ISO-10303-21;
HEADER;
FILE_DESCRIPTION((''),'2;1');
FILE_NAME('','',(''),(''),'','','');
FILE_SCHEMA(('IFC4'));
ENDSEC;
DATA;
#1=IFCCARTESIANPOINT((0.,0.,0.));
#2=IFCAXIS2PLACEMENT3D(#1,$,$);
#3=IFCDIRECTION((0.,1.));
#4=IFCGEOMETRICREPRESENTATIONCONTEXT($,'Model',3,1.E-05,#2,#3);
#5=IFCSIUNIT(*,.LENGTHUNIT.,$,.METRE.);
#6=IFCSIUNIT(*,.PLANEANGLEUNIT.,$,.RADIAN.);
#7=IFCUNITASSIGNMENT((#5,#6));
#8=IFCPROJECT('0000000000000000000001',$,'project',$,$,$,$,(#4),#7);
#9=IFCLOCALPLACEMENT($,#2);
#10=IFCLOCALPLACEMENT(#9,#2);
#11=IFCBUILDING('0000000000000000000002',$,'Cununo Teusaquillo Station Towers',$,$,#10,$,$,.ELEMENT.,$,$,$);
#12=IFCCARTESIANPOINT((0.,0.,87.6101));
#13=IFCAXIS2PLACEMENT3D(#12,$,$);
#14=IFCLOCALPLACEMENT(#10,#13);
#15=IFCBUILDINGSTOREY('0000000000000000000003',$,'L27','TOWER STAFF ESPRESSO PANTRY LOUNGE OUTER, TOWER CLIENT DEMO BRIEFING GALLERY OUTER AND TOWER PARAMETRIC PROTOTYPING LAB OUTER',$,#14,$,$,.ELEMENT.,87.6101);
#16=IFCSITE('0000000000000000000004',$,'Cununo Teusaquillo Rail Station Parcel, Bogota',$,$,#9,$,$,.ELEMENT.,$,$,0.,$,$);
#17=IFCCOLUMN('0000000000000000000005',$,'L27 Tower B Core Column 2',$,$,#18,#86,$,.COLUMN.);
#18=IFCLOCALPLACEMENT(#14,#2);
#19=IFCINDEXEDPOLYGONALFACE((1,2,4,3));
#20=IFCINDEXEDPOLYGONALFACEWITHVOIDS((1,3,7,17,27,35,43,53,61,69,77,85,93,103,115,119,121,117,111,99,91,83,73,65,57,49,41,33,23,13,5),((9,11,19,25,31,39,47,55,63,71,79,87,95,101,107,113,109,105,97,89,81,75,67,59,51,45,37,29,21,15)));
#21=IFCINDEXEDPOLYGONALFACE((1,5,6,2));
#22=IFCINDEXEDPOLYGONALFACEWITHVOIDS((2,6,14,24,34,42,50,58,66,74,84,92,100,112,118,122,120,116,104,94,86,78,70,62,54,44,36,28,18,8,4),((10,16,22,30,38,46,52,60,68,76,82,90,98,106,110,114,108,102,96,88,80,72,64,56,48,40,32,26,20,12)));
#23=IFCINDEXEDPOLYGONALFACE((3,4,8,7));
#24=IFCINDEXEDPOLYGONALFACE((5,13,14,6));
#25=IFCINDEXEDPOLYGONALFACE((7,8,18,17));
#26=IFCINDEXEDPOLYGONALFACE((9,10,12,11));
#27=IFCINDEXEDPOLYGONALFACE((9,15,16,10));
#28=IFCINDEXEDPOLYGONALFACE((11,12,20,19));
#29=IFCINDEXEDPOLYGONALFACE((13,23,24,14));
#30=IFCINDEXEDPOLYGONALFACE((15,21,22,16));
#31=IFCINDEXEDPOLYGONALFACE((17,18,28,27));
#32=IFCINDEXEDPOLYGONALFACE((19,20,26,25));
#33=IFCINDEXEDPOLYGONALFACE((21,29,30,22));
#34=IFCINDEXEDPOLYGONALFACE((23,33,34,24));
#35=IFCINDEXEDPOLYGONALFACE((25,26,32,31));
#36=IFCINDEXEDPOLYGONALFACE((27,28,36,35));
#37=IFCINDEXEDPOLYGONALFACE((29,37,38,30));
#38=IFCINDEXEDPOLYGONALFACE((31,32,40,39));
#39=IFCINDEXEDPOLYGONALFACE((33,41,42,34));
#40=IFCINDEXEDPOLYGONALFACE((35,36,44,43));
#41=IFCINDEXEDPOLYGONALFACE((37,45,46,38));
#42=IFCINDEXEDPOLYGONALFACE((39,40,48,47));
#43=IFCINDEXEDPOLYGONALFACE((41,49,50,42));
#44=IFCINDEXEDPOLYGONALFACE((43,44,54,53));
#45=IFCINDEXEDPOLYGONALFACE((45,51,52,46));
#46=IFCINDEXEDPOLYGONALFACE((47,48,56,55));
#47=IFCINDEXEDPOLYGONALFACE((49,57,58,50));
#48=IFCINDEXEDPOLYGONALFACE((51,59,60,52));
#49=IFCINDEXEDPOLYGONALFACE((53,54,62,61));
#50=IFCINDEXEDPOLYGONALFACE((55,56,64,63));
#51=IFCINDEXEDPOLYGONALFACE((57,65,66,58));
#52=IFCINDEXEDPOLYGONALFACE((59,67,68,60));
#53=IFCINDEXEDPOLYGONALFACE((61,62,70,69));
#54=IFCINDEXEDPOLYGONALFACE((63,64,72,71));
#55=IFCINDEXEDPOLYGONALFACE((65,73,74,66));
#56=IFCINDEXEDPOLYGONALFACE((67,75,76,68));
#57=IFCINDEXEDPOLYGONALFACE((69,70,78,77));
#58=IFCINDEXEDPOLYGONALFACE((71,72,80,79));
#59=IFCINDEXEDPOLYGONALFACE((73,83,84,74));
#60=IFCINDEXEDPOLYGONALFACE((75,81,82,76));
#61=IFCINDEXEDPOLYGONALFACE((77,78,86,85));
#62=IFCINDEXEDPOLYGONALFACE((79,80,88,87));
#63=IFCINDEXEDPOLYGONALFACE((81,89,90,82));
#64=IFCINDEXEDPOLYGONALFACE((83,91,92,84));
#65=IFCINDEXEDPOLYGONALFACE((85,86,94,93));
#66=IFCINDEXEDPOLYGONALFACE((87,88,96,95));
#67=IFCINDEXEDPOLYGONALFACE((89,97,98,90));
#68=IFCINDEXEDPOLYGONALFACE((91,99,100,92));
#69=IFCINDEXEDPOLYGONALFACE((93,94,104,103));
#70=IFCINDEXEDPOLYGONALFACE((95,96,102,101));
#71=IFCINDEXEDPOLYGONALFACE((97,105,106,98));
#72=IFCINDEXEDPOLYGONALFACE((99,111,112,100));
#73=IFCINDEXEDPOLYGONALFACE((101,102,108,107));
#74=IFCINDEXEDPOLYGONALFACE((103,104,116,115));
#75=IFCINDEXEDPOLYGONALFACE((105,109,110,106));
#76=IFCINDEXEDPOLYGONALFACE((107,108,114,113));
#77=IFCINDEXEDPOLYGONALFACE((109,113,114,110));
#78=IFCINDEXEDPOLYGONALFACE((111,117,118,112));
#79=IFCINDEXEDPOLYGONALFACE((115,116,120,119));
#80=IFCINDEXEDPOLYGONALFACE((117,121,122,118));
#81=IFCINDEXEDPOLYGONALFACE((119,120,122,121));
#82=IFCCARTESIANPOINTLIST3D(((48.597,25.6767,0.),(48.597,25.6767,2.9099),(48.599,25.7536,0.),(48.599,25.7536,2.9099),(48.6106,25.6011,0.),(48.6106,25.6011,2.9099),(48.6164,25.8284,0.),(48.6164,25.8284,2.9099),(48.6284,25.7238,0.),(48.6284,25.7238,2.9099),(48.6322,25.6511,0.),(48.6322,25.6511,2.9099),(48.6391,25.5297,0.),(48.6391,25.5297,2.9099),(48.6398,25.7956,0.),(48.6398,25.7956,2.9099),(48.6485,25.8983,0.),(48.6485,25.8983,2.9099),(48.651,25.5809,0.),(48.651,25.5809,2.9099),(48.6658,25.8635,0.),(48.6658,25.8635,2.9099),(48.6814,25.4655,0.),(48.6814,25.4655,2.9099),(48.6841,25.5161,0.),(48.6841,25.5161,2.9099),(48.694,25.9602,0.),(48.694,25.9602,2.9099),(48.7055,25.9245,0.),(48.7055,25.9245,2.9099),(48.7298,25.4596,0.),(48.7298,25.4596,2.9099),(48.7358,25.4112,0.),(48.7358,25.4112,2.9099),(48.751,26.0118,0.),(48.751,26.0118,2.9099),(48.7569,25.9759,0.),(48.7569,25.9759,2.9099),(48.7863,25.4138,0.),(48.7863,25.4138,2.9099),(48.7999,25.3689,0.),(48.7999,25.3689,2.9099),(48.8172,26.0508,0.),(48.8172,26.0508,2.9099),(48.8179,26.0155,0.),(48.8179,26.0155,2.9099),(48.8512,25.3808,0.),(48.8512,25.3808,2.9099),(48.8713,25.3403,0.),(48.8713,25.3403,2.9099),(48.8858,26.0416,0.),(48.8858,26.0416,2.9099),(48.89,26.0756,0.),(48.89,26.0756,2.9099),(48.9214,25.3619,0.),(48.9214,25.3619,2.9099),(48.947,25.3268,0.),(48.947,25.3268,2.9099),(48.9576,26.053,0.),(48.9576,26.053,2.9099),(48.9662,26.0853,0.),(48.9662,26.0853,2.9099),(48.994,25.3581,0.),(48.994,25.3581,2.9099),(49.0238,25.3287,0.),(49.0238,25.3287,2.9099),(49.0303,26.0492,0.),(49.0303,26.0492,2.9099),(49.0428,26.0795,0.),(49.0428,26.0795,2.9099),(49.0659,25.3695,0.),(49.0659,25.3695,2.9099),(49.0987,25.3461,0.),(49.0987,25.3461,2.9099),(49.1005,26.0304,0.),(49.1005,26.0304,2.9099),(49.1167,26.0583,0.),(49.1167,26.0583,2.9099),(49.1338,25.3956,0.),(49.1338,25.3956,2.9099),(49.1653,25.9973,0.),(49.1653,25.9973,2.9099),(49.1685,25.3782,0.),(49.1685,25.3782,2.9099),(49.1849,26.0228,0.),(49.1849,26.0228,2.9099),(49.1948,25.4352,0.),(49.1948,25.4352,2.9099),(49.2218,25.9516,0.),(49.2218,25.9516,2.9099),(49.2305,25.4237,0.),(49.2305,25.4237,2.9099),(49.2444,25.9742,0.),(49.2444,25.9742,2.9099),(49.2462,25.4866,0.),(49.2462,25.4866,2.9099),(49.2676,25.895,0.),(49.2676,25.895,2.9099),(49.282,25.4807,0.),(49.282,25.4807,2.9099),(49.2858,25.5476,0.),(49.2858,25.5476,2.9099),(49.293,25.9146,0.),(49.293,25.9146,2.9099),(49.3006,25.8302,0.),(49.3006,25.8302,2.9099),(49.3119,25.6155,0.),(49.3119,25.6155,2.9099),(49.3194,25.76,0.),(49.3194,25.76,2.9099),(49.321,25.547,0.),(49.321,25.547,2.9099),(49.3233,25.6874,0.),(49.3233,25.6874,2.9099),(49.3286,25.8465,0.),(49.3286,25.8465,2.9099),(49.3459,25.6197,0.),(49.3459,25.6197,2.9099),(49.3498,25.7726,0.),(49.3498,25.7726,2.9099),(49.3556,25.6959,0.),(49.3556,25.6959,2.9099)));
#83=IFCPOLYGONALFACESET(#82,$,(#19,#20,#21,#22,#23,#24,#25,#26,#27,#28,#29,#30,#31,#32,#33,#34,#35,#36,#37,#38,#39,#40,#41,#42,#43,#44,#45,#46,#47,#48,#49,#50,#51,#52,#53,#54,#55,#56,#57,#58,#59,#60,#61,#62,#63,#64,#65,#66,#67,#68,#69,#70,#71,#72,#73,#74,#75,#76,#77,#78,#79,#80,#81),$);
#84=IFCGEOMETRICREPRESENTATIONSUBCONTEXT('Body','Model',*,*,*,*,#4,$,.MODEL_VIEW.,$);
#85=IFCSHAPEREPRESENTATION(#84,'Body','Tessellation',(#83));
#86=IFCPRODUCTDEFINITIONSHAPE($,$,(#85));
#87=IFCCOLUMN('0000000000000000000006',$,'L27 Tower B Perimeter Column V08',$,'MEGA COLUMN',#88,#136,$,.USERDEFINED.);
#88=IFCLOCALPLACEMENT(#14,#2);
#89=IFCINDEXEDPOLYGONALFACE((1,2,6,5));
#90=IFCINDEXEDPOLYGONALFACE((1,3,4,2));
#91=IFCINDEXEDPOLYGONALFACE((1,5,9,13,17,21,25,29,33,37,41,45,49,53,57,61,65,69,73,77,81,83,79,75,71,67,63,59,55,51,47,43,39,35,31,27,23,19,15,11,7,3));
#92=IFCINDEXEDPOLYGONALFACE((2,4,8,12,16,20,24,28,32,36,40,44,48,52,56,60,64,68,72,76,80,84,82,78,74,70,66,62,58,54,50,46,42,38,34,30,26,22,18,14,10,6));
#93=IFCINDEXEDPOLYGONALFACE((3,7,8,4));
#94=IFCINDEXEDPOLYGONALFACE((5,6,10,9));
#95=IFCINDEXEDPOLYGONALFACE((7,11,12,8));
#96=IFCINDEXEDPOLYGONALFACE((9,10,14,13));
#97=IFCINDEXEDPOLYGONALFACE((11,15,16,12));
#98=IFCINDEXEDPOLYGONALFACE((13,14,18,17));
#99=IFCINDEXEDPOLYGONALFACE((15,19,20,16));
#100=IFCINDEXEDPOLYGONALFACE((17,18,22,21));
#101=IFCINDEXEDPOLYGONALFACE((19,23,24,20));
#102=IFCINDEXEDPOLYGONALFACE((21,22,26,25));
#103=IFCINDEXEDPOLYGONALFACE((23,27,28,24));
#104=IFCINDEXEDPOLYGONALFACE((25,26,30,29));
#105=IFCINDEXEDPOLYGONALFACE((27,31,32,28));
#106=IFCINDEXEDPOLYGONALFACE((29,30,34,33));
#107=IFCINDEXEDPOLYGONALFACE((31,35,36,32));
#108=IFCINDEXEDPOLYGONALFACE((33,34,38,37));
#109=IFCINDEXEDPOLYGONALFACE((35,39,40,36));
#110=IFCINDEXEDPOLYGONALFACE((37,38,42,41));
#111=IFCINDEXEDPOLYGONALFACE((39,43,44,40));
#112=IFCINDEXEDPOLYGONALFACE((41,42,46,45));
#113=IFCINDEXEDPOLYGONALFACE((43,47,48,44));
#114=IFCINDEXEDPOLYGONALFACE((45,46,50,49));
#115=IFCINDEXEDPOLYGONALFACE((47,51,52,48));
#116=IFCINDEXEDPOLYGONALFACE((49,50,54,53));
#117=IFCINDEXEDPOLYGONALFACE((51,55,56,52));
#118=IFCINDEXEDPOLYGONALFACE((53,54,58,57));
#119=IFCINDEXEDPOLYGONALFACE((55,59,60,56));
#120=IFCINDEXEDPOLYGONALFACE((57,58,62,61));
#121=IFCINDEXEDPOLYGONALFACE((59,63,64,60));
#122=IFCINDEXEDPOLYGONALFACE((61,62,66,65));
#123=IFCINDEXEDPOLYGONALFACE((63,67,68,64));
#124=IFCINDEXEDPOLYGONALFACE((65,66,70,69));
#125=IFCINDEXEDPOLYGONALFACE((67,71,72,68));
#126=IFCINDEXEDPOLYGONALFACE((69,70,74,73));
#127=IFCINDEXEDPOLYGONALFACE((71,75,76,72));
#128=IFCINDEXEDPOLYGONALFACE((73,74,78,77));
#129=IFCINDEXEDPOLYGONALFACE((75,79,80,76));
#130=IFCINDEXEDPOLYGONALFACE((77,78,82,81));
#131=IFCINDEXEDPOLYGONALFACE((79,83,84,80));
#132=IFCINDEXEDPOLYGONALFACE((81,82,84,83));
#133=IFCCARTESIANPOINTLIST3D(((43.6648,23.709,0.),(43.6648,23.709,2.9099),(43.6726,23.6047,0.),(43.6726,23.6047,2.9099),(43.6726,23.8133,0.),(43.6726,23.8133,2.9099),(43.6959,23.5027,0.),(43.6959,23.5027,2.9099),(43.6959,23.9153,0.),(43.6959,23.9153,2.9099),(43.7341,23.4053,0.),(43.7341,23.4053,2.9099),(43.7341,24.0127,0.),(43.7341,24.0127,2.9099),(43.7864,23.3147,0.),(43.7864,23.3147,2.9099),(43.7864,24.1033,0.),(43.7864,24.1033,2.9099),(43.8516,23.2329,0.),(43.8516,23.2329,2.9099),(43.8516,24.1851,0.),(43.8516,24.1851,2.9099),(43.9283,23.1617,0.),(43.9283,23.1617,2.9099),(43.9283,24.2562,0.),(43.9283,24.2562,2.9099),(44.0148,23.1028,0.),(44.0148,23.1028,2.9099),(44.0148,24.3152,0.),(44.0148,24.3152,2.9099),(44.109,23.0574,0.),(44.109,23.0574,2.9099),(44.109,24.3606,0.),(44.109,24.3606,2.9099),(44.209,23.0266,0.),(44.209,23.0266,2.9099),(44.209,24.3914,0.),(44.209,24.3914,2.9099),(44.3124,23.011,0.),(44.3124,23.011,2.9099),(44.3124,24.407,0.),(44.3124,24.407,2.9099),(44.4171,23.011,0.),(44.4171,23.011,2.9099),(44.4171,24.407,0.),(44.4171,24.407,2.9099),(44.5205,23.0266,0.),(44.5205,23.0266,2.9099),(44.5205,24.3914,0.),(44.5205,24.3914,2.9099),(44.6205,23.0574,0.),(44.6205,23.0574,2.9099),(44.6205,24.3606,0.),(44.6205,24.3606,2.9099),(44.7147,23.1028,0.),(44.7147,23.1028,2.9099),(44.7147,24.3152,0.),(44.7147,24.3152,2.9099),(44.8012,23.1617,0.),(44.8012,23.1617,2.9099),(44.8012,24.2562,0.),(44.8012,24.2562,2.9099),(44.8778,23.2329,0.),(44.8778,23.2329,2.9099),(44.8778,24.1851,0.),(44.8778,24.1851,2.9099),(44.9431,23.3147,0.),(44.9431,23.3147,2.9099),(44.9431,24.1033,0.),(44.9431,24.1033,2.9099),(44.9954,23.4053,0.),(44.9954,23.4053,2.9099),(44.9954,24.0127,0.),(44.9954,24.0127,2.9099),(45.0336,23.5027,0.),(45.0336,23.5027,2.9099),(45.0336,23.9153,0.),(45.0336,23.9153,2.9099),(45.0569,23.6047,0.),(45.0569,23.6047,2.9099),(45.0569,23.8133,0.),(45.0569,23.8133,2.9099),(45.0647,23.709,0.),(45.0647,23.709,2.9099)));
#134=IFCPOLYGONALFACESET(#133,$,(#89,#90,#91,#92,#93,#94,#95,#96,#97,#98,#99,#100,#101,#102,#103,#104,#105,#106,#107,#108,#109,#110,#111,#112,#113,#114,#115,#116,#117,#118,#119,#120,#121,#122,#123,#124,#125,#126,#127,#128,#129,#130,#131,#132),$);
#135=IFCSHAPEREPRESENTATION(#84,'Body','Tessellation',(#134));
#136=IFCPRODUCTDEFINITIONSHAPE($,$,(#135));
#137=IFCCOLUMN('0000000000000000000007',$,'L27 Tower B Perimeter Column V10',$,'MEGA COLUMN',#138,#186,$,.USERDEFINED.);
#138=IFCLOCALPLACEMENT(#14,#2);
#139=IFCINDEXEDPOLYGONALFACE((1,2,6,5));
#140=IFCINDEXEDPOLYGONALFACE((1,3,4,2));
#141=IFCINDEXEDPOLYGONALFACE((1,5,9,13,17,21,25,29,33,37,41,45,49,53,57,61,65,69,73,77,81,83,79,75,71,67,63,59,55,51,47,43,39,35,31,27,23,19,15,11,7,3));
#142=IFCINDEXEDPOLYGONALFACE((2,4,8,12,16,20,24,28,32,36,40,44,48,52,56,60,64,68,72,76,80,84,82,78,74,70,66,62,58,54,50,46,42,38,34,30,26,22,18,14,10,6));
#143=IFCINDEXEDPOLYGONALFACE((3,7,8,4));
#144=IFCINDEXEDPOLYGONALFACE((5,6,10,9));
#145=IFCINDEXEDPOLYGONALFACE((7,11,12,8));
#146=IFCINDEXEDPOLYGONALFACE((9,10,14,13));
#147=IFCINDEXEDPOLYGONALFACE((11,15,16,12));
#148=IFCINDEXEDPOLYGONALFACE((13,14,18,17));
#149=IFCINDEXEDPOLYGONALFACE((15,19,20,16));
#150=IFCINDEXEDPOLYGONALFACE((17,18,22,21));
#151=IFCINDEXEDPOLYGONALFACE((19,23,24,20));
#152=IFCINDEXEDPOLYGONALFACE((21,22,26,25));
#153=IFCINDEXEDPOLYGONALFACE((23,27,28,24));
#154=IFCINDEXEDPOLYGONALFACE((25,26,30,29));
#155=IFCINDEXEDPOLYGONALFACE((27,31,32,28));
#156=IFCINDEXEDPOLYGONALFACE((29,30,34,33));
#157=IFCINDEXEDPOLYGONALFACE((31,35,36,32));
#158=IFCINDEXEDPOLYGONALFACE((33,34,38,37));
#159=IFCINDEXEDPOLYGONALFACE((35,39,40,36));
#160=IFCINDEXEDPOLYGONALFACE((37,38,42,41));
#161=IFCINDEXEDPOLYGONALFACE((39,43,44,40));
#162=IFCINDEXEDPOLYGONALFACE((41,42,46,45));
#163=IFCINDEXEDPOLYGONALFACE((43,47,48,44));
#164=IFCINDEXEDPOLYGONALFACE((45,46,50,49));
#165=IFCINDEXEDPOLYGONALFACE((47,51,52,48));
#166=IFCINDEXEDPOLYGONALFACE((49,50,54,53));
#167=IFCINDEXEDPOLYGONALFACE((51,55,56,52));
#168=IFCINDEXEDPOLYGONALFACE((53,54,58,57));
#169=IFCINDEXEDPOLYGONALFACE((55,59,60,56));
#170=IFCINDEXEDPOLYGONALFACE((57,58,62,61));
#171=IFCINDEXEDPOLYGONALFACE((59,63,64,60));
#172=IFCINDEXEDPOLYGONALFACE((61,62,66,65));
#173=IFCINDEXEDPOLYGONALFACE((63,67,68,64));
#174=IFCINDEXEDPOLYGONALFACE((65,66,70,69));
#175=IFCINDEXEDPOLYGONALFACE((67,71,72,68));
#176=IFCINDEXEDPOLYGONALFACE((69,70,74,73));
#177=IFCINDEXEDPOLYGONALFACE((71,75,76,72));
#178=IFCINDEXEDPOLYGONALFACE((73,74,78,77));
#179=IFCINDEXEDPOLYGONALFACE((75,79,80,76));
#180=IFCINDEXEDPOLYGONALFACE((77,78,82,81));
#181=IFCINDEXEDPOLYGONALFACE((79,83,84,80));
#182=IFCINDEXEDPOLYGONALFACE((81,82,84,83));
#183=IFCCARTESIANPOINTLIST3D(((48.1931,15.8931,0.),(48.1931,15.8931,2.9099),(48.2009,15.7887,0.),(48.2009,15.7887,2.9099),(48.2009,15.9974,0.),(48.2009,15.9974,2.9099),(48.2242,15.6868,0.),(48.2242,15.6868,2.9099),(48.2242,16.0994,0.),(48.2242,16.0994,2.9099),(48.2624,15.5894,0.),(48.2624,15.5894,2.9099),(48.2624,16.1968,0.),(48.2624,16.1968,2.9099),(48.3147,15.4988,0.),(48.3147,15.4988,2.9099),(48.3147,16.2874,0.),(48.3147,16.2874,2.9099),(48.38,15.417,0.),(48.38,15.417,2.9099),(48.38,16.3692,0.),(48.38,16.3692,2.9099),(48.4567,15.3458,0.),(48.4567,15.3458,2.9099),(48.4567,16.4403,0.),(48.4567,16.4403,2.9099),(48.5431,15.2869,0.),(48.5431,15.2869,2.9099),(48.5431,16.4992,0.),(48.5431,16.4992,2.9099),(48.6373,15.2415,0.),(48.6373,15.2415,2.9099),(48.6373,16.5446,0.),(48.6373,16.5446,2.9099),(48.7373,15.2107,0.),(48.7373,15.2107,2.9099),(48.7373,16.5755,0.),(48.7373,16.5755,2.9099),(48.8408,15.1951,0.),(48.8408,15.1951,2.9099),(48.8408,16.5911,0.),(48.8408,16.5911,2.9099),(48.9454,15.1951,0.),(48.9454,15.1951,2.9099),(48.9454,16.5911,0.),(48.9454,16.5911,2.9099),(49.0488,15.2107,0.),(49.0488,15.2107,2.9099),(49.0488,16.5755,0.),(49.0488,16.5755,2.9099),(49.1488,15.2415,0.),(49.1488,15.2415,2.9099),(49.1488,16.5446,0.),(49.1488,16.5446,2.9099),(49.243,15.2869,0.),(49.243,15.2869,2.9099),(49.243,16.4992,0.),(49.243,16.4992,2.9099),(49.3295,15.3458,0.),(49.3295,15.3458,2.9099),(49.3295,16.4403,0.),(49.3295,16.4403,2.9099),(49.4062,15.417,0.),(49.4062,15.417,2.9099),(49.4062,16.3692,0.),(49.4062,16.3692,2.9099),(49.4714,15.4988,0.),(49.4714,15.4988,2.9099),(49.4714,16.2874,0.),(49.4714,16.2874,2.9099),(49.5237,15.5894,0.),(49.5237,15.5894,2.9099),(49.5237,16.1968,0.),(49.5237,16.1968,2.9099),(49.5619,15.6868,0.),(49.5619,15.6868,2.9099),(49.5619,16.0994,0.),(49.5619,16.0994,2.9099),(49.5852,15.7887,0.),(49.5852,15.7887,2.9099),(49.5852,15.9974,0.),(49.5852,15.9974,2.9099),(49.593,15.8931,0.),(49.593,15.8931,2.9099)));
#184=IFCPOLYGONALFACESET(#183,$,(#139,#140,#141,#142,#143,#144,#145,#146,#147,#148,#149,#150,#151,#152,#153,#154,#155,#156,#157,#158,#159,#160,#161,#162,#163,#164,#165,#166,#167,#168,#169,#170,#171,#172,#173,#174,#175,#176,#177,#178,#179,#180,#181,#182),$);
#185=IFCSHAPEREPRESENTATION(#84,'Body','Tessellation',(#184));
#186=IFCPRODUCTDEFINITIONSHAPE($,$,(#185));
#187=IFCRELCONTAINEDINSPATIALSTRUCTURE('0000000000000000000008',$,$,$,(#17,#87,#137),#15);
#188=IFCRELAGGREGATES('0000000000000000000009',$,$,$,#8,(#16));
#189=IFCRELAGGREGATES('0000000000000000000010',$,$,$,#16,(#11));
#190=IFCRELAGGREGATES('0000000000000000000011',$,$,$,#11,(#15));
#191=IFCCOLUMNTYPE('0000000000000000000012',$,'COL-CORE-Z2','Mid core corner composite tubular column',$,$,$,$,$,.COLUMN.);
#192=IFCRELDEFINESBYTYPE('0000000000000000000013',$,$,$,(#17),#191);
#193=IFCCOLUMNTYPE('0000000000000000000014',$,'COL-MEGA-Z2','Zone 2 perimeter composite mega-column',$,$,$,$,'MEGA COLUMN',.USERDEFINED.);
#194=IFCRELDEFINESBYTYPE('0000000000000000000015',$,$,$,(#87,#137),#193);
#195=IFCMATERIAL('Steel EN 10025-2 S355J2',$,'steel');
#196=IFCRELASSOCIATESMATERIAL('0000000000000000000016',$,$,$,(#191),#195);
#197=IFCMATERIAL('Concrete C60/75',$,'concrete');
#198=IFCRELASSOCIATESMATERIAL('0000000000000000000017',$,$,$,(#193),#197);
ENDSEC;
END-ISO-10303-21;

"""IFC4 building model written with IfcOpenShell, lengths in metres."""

from ifc_helpers import new_model, si_unit, direction, frame, origin, origin_2d, place, context, subcontext, project, spatial, circle, hollow_circle, extrude, material, material_profile, profile_set, type_object, element, save


model = new_model("IFC4")

# Units and contexts
model_context = context("Model", 3, precision=1e-05, world=origin(), true_north=direction((0.0, 1.0)))
body_context = subcontext(model_context, "Body", "Model", "MODEL_VIEW")
ifc_project = project(units=[si_unit("LENGTHUNIT", "METRE"), si_unit("PLANEANGLEUNIT", "RADIAN")], contexts=[model_context])

# Site, building, storey
site_placement = place(None, origin())
site = spatial("IfcSite", under=ifc_project, at=site_placement, Name="Cununo Teusaquillo Rail Station Parcel, Bogota", CompositionType="ELEMENT", RefElevation=0.0)
building_placement = place(site_placement, origin())
building = spatial("IfcBuilding", under=site, at=building_placement, Name="Cununo Teusaquillo Station Towers", CompositionType="ELEMENT")
storey_placement = place(building_placement, frame((0.0, 0.0, 87.6101)))
storey = spatial("IfcBuildingStorey", under=building, at=storey_placement, Name="L27", Description="TOWER STAFF ESPRESSO PANTRY LOUNGE OUTER, TOWER CLIENT DEMO BRIEFING GALLERY OUTER AND TOWER PARAMETRIC PROTOTYPING LAB OUTER", CompositionType="ELEMENT", Elevation=87.6101)

# Columns
ifc_material_1 = material(Name="Steel EN 10025-2 S355J2", Category="steel")
ifc_material_profile_1 = material_profile(ifc_material_1, hollow_circle(Radius=0.3799, WallThickness=0.032, at=origin_2d()), Name="CHS 760x32")
ifc_profile_set_1 = profile_set([ifc_material_profile_1], Name="Steel EN 10025-2 S355J2")
column_type_1 = type_object("IfcColumnType", Name="COL-CORE-Z2", Description="Mid core corner composite tubular column", PredefinedType="COLUMN", material=ifc_profile_set_1)
column_placement = place(storey_placement, frame((48.9758, 25.7056, 0.0), z_axis=(0.0, 0.0, 1.0), x_axis=(0.707107, 0.707107, 0.0)))
element("IfcColumn", 1, at=column_placement, inside=storey, type_object=column_type_1, Name="L27 Tower B Core Column 2", PredefinedType="COLUMN", context=body_context, shape_type="SweptSolid", body=[
    extrude(hollow_circle(Radius=0.3799, WallThickness=0.032, at=origin_2d()), origin(), (0.0, 0.0, 1.0), 2.9099),
])
ifc_material_2 = material(Name="Concrete C60/75", Category="concrete")
ifc_material_profile_2 = material_profile(ifc_material_2, circle(Radius=0.7, at=origin_2d()), Name="RC-CIRC-1400")
ifc_profile_set_2 = profile_set([ifc_material_profile_2], Name="Concrete C60/75")
column_type_2 = type_object("IfcColumnType", Name="COL-MEGA-Z2", Description="Zone 2 perimeter composite mega-column", ElementType="MEGA COLUMN", PredefinedType="USERDEFINED", material=ifc_profile_set_2)
for number, where, z_axis, x_axis, name in (
    (2, (44.3647, 23.709, 0.0), (0.0, 0.0, 1.0), (1.0, 0.0, 0.0), "L27 Tower B Perimeter Column V08"),
    (3, (48.8931, 15.8931, 0.0), (0.0, 0.0, 1.0), (1.0, 0.0, 0.0), "L27 Tower B Perimeter Column V10"),
):
    element("IfcColumn", number, at=place(storey_placement, frame(where, z_axis=z_axis, x_axis=x_axis)), inside=storey, type_object=column_type_2, Name=name, ObjectType="MEGA COLUMN", PredefinedType="USERDEFINED", context=body_context, shape_type="SweptSolid", body=[
        extrude(circle(Radius=0.7, at=origin_2d()), origin(), (0.0, 0.0, 1.0), 2.9099),
    ])

save(model, "model.ifc")
